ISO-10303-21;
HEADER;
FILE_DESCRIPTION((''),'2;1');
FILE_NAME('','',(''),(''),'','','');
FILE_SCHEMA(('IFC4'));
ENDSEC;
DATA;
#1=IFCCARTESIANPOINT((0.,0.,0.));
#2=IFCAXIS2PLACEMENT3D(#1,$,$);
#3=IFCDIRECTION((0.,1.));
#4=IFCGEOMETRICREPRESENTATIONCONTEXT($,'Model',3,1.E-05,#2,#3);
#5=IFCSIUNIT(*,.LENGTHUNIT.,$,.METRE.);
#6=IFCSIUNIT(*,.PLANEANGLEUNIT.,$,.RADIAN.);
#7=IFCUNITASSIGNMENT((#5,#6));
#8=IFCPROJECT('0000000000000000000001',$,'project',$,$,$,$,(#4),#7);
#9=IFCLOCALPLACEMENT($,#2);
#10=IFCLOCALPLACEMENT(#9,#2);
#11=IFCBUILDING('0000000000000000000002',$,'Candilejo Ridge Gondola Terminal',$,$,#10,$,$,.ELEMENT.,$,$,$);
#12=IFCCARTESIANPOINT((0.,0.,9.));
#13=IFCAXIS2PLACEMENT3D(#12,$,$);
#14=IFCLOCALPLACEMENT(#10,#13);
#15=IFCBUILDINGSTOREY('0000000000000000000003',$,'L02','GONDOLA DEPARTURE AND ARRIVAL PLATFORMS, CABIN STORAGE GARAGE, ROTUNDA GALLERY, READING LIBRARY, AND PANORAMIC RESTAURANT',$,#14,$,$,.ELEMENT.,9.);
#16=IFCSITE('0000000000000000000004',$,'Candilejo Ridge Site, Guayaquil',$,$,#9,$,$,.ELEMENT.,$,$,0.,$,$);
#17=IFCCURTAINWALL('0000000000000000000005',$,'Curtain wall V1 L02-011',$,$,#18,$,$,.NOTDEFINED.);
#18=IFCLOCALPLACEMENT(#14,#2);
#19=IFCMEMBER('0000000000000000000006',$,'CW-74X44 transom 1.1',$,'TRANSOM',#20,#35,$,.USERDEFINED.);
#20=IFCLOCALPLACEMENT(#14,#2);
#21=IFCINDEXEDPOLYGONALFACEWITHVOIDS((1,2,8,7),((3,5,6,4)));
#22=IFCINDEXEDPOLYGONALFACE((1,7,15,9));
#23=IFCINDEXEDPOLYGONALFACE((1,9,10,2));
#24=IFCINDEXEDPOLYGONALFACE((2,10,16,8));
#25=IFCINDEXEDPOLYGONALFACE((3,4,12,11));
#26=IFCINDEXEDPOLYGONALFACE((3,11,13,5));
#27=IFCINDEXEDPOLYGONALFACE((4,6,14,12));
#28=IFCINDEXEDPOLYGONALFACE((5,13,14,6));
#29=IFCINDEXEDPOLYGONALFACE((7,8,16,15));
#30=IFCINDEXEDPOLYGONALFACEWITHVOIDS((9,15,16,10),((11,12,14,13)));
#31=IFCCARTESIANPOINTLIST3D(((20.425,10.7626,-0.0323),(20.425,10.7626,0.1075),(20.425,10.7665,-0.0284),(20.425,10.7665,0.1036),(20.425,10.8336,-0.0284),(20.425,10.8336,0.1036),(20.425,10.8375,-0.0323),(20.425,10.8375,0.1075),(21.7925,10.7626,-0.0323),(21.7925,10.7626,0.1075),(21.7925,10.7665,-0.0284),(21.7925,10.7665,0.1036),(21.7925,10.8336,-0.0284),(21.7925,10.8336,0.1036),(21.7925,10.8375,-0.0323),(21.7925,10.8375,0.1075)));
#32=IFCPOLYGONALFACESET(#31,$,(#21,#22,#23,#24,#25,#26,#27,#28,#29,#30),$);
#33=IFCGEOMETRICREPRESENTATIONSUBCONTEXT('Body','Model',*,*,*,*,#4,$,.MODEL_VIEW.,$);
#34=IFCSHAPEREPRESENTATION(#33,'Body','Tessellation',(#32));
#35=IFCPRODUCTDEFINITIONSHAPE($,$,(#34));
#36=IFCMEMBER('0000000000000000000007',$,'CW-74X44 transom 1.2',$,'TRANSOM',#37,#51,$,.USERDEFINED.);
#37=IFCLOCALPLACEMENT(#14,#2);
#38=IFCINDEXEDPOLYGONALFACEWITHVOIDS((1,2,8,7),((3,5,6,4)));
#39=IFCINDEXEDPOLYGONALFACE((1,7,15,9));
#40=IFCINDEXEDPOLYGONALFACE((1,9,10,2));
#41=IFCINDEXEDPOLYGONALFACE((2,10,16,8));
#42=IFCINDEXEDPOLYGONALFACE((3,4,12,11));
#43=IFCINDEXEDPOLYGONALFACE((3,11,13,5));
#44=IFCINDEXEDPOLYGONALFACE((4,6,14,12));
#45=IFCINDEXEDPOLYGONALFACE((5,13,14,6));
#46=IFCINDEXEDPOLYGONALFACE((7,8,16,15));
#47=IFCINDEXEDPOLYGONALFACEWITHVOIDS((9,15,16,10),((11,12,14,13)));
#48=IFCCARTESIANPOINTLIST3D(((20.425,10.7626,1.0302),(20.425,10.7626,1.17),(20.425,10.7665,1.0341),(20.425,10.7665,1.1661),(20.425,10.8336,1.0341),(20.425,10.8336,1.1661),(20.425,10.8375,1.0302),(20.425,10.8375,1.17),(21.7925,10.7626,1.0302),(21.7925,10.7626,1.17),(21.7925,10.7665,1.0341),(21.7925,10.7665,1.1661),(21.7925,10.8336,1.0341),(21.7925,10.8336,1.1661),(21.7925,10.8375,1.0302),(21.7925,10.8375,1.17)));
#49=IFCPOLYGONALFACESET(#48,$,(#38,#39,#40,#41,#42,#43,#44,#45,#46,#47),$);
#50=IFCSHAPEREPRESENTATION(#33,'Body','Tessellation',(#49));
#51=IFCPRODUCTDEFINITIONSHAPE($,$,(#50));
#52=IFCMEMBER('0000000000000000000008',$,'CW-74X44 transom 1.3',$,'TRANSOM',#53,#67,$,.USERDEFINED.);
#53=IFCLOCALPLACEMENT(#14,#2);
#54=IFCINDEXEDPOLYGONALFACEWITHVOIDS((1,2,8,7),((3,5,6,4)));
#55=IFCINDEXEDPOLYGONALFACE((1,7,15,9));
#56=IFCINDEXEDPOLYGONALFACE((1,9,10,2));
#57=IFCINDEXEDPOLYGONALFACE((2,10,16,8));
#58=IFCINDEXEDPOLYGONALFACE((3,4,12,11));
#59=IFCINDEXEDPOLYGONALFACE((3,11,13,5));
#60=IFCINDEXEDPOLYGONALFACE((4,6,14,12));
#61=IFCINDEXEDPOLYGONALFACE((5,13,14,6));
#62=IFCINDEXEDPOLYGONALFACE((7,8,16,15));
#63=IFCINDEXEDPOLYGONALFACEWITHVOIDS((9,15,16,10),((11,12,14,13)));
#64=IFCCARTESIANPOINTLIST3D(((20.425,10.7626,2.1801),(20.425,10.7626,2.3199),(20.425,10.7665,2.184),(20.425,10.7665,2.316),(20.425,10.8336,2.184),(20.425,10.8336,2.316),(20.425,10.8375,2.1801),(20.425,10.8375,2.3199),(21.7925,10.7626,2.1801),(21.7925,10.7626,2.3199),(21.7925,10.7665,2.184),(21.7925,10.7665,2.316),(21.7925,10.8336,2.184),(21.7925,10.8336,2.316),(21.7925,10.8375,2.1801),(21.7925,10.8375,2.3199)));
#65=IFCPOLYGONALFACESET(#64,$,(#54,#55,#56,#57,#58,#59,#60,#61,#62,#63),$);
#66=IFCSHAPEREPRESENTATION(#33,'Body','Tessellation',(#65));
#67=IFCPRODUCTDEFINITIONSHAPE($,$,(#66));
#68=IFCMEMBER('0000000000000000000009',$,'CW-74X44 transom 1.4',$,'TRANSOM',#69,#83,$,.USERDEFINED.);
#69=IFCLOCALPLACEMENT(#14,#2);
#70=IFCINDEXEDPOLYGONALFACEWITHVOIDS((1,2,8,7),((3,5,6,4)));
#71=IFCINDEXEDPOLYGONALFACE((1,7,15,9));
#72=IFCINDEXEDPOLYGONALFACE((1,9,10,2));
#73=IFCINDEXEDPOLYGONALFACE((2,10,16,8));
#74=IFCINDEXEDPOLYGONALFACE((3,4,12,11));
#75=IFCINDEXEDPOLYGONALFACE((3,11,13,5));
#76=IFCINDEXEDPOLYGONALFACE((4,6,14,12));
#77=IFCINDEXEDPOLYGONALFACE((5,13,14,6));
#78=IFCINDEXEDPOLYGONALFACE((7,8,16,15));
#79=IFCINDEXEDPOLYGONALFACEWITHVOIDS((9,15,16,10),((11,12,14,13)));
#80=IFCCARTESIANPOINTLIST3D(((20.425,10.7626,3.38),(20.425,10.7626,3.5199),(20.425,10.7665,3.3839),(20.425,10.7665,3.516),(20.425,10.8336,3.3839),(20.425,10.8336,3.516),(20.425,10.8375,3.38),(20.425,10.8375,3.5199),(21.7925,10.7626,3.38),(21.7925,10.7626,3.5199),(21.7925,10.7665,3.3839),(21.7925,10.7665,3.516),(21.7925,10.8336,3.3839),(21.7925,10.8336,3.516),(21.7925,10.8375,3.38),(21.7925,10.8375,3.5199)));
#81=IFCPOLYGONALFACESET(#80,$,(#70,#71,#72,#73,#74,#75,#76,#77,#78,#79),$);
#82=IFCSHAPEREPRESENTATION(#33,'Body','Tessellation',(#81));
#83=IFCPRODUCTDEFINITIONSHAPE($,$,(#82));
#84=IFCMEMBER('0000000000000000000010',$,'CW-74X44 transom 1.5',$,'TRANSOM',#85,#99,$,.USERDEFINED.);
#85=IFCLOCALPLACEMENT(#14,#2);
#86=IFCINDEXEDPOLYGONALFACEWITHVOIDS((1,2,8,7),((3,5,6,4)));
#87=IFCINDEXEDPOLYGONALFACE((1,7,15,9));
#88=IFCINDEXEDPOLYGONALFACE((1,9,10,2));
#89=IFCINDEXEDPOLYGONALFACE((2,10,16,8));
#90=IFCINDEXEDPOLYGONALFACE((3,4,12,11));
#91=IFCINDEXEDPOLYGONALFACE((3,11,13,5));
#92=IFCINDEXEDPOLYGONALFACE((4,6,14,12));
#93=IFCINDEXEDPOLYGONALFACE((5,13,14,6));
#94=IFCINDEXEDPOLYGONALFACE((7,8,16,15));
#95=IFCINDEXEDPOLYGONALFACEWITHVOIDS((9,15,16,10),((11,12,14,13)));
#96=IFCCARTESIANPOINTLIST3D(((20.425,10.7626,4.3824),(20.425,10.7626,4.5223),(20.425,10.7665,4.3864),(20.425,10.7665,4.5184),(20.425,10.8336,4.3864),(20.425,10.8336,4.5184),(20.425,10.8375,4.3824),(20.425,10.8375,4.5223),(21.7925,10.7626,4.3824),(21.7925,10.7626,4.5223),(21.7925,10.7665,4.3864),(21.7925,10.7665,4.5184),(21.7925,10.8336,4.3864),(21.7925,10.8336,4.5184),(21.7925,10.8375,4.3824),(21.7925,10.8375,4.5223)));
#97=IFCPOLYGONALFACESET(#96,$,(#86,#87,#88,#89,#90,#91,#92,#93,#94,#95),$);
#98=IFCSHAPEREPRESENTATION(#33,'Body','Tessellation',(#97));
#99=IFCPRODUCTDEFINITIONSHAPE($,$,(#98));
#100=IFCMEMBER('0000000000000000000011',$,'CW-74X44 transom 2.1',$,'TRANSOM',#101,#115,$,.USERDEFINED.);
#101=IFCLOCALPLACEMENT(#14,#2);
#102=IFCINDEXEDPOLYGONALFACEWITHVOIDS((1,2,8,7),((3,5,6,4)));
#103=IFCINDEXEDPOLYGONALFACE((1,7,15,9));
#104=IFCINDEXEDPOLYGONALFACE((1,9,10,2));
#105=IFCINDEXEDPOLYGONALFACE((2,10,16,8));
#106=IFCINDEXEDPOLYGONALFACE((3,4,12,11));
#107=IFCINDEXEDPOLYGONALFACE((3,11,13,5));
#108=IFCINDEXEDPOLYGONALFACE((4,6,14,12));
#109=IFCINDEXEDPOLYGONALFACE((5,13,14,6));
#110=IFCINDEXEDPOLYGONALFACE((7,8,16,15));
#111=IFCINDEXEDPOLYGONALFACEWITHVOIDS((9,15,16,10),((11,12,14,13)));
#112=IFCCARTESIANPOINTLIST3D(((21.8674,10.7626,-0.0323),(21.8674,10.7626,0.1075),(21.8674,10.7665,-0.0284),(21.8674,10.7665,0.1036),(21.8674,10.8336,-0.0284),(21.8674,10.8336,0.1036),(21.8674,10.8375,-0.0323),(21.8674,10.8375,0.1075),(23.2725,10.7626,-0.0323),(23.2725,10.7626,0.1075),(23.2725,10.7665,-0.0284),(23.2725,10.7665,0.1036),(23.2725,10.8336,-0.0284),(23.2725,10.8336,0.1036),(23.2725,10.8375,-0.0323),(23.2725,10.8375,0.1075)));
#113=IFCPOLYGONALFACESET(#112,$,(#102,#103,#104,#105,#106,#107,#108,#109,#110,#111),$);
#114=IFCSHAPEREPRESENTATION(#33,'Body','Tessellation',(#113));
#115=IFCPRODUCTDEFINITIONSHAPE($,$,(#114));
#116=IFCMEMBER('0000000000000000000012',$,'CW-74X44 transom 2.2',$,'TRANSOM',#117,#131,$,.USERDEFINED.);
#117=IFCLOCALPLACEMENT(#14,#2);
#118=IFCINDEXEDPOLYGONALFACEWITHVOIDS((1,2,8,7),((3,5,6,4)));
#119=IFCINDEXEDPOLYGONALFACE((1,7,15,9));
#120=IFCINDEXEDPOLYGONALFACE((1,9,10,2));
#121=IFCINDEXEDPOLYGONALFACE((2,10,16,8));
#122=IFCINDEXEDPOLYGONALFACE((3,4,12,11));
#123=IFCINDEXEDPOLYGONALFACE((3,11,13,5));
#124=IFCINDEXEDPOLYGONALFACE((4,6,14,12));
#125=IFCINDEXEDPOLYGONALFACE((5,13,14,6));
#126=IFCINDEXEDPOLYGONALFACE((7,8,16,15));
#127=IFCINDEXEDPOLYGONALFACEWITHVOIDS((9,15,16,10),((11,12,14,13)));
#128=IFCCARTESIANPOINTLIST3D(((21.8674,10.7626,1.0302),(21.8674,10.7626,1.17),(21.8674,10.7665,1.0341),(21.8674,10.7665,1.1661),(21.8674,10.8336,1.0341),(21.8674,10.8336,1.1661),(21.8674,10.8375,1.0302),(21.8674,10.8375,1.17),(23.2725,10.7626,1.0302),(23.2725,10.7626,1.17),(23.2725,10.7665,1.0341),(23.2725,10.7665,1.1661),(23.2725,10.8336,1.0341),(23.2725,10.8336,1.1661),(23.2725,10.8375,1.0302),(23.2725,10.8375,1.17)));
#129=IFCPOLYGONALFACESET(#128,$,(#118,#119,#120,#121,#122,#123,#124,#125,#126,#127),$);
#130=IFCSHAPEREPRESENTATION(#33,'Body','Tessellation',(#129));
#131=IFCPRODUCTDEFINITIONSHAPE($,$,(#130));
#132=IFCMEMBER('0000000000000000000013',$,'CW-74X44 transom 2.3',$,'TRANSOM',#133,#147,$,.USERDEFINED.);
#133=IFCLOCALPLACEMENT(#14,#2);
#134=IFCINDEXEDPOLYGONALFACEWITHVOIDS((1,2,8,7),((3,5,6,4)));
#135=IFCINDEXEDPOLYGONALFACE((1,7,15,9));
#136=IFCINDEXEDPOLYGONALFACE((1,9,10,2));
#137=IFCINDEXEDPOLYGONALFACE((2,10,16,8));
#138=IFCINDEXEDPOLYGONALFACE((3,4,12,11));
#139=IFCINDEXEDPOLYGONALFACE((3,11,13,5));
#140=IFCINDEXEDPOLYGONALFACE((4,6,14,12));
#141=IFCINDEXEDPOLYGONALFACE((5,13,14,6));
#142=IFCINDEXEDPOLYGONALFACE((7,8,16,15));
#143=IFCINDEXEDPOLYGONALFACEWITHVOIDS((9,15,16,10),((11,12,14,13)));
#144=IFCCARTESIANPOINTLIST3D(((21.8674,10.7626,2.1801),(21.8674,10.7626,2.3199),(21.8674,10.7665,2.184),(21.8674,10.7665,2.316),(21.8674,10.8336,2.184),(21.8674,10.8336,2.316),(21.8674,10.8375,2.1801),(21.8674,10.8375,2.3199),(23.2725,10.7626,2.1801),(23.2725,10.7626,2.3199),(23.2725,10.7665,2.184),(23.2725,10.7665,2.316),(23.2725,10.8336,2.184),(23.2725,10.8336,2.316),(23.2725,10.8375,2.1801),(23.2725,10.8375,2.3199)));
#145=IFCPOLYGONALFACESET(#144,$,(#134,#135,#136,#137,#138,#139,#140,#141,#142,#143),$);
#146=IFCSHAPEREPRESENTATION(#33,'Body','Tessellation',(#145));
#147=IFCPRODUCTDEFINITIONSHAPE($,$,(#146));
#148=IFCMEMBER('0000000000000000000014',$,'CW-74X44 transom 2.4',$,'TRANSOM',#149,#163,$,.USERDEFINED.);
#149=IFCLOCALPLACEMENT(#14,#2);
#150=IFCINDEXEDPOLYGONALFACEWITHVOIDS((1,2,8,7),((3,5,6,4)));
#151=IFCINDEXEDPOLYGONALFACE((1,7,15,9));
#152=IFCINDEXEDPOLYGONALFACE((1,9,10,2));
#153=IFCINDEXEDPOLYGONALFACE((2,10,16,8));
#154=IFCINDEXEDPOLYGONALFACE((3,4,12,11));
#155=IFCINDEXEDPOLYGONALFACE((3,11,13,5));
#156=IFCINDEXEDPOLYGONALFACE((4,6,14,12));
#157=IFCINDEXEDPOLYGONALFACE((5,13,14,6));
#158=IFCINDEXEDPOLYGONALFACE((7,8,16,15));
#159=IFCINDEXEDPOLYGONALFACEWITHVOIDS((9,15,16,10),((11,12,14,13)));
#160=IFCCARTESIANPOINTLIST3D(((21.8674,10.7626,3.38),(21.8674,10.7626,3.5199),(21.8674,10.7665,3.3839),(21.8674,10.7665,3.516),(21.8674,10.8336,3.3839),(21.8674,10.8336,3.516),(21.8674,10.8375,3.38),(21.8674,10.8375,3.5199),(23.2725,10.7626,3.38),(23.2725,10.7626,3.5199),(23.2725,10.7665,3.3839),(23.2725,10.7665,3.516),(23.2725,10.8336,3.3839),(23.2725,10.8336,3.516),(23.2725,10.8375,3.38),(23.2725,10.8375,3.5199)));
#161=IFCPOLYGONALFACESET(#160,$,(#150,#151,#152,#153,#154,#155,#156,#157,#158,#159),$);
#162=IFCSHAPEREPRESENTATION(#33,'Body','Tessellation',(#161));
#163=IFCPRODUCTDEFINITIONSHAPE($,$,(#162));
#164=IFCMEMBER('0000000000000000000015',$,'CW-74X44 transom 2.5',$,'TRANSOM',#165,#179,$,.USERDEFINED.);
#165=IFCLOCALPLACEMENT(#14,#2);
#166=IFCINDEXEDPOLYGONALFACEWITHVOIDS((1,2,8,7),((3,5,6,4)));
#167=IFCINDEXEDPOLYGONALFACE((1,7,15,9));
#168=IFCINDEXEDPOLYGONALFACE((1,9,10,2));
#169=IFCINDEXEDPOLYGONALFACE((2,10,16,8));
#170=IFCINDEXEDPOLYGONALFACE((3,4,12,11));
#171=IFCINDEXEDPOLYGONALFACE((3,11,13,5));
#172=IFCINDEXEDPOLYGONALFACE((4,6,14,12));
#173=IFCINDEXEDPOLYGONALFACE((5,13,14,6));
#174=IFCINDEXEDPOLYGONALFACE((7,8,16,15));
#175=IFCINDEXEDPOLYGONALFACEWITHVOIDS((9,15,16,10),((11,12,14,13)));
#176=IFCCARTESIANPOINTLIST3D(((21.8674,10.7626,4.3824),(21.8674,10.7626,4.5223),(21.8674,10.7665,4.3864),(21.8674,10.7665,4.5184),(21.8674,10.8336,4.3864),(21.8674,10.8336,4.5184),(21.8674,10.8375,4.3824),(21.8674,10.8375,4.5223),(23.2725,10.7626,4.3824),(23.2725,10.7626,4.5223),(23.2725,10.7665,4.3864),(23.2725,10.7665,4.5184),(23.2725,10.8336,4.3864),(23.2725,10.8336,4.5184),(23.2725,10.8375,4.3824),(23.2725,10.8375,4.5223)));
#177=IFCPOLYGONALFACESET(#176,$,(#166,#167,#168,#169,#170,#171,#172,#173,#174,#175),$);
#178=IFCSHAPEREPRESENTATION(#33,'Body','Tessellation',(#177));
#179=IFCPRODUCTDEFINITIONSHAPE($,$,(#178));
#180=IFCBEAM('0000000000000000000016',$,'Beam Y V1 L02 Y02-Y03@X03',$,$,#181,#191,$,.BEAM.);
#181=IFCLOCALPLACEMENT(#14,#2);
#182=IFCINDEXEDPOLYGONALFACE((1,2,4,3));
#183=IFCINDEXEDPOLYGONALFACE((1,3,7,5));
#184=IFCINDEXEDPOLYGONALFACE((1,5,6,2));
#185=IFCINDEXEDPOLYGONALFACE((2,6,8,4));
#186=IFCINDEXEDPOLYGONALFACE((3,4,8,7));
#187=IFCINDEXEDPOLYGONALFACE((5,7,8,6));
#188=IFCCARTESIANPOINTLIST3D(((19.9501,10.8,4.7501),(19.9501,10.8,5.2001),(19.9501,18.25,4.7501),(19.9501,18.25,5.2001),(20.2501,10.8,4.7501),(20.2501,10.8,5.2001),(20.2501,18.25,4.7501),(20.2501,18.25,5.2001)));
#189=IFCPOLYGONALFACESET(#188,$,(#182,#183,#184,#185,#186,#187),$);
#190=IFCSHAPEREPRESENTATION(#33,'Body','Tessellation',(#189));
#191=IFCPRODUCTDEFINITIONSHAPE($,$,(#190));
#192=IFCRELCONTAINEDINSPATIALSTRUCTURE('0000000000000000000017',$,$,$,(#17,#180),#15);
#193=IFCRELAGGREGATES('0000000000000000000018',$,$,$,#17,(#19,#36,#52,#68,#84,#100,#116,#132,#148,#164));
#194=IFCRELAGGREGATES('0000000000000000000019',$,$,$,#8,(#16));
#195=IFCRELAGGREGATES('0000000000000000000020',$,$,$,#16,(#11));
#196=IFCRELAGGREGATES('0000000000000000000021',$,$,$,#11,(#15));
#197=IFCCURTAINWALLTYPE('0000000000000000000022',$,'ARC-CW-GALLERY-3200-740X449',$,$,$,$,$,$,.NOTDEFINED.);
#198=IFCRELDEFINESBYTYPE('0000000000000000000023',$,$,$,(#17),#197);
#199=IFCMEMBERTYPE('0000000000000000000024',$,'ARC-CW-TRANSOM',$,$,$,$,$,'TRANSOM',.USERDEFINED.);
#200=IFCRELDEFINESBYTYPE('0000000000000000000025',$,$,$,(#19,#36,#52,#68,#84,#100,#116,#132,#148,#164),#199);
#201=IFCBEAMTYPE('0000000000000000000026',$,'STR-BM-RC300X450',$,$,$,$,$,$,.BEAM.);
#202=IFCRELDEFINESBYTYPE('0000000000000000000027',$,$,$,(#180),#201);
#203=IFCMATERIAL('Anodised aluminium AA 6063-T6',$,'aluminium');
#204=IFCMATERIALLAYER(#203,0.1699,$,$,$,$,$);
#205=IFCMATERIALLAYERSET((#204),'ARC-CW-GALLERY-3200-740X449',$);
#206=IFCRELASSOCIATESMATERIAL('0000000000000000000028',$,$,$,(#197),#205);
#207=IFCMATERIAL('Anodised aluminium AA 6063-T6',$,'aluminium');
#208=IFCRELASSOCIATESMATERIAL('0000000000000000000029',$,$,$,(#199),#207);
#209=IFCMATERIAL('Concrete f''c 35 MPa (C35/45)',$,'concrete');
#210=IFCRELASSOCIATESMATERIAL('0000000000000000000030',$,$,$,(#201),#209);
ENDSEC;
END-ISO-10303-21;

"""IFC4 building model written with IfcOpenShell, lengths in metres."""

from ifc_helpers import new_model, si_unit, direction, frame, origin, origin_2d, place, context, subcontext, project, spatial, rectangle, hollow_rectangle, extrude, material, layer, layer_set, material_profile, profile_set, type_object, element, aggregate, save


model = new_model("IFC4")

# Units and contexts
model_context = context("Model", 3, precision=1e-05, world=origin(), true_north=direction((0.0, 1.0)))
body_context = subcontext(model_context, "Body", "Model", "MODEL_VIEW")
ifc_project = project(units=[si_unit("LENGTHUNIT", "METRE"), si_unit("PLANEANGLEUNIT", "RADIAN")], contexts=[model_context])

# Site, building, storey
site_placement = place(None, origin())
site = spatial("IfcSite", under=ifc_project, at=site_placement, Name="Candilejo Ridge Site, Guayaquil", CompositionType="ELEMENT", RefElevation=0.0)
building_placement = place(site_placement, origin())
building = spatial("IfcBuilding", under=site, at=building_placement, Name="Candilejo Ridge Gondola Terminal", CompositionType="ELEMENT")
storey_placement = place(building_placement, frame((0.0, 0.0, 9.0)))
storey = spatial("IfcBuildingStorey", under=building, at=storey_placement, Name="L02", Description="GONDOLA DEPARTURE AND ARRIVAL PLATFORMS, CABIN STORAGE GARAGE, ROTUNDA GALLERY, READING LIBRARY, AND PANORAMIC RESTAURANT", CompositionType="ELEMENT", Elevation=9.0)

# Curtain wall
ifc_material_1 = material(Name="Anodised aluminium AA 6063-T6", Category="aluminium")
ifc_layer_1 = layer(ifc_material_1, 0.1699)
ifc_layer_set_1 = layer_set([ifc_layer_1], Name="ARC-CW-GALLERY-3200-740X449")
curtain_wall_type = type_object("IfcCurtainWallType", Name="ARC-CW-GALLERY-3200-740X449", PredefinedType="NOTDEFINED", material=ifc_layer_set_1)
curtain_wall_1_placement = place(storey_placement, origin())
curtain_wall_1 = element("IfcCurtainWall", 1, at=curtain_wall_1_placement, inside=storey, type_object=curtain_wall_type, Name="Curtain wall V1 L02-011", PredefinedType="NOTDEFINED")

# Members
ifc_material_2 = material(Name="Anodised aluminium AA 6063-T6", Category="aluminium")
ifc_material_profile_1 = material_profile(ifc_material_2, hollow_rectangle(XDim=0.075, YDim=0.1399, WallThickness=0.0039, at=origin_2d()))
ifc_profile_set_1 = profile_set([ifc_material_profile_1], Name="Anodised aluminium AA 6063-T6")
member_type_1 = type_object("IfcMemberType", Name="ARC-CW-TRANSOM", ElementType="TRANSOM", PredefinedType="USERDEFINED", material=ifc_profile_set_1)
member_1_placement = place(storey_placement, frame((20.425, 10.8, 0.0376), z_axis=(1.0, 0.0, 0.0), x_axis=(0.0, 1.0, 0.0)))
member_1 = element("IfcMember", 2, at=member_1_placement, type_object=member_type_1, Name="CW-74X44 transom 1.1", ObjectType="TRANSOM", PredefinedType="USERDEFINED", context=body_context, shape_type="SweptSolid", body=[
    extrude(hollow_rectangle(XDim=0.075, YDim=0.1399, WallThickness=0.0039, at=origin_2d()), origin(), (0.0, 0.0, 1.0), 1.3674),
])
member_2_placement = place(storey_placement, frame((20.425, 10.8, 1.1001), z_axis=(1.0, 0.0, 0.0), x_axis=(0.0, 1.0, 0.0)))
member_2 = element("IfcMember", 3, at=member_2_placement, type_object=member_type_1, Name="CW-74X44 transom 1.2", ObjectType="TRANSOM", PredefinedType="USERDEFINED", context=body_context, shape_type="SweptSolid", body=[
    extrude(hollow_rectangle(XDim=0.075, YDim=0.1399, WallThickness=0.0039, at=origin_2d()), origin(), (0.0, 0.0, 1.0), 1.3674),
])
member_3_placement = place(storey_placement, frame((20.425, 10.8, 2.25), z_axis=(1.0, 0.0, 0.0), x_axis=(0.0, 1.0, 0.0)))
member_3 = element("IfcMember", 4, at=member_3_placement, type_object=member_type_1, Name="CW-74X44 transom 1.3", ObjectType="TRANSOM", PredefinedType="USERDEFINED", context=body_context, shape_type="SweptSolid", body=[
    extrude(hollow_rectangle(XDim=0.075, YDim=0.1399, WallThickness=0.0039, at=origin_2d()), origin(), (0.0, 0.0, 1.0), 1.3674),
])
member_4_placement = place(storey_placement, frame((20.425, 10.8, 3.45), z_axis=(1.0, 0.0, 0.0), x_axis=(0.0, 1.0, 0.0)))
member_4 = element("IfcMember", 5, at=member_4_placement, type_object=member_type_1, Name="CW-74X44 transom 1.4", ObjectType="TRANSOM", PredefinedType="USERDEFINED", context=body_context, shape_type="SweptSolid", body=[
    extrude(hollow_rectangle(XDim=0.075, YDim=0.1399, WallThickness=0.0039, at=origin_2d()), origin(), (0.0, 0.0, 1.0), 1.3674),
])
member_5_placement = place(storey_placement, frame((20.425, 10.8, 4.4524), z_axis=(1.0, 0.0, 0.0), x_axis=(0.0, 1.0, 0.0)))
member_5 = element("IfcMember", 6, at=member_5_placement, type_object=member_type_1, Name="CW-74X44 transom 1.5", ObjectType="TRANSOM", PredefinedType="USERDEFINED", context=body_context, shape_type="SweptSolid", body=[
    extrude(hollow_rectangle(XDim=0.075, YDim=0.1399, WallThickness=0.0039, at=origin_2d()), origin(), (0.0, 0.0, 1.0), 1.3674),
])
member_6_placement = place(storey_placement, frame((21.8674, 10.8, 0.0376), z_axis=(1.0, 0.0, 0.0), x_axis=(0.0, 1.0, 0.0)))
member_6 = element("IfcMember", 7, at=member_6_placement, type_object=member_type_1, Name="CW-74X44 transom 2.1", ObjectType="TRANSOM", PredefinedType="USERDEFINED", context=body_context, shape_type="SweptSolid", body=[
    extrude(hollow_rectangle(XDim=0.075, YDim=0.1399, WallThickness=0.0039, at=origin_2d()), origin(), (0.0, 0.0, 1.0), 1.405),
])
member_7_placement = place(storey_placement, frame((21.8674, 10.8, 1.1001), z_axis=(1.0, 0.0, 0.0), x_axis=(0.0, 1.0, 0.0)))
member_7 = element("IfcMember", 8, at=member_7_placement, type_object=member_type_1, Name="CW-74X44 transom 2.2", ObjectType="TRANSOM", PredefinedType="USERDEFINED", context=body_context, shape_type="SweptSolid", body=[
    extrude(hollow_rectangle(XDim=0.075, YDim=0.1399, WallThickness=0.0039, at=origin_2d()), origin(), (0.0, 0.0, 1.0), 1.405),
])
member_8_placement = place(storey_placement, frame((21.8674, 10.8, 2.25), z_axis=(1.0, 0.0, 0.0), x_axis=(0.0, 1.0, 0.0)))
member_8 = element("IfcMember", 9, at=member_8_placement, type_object=member_type_1, Name="CW-74X44 transom 2.3", ObjectType="TRANSOM", PredefinedType="USERDEFINED", context=body_context, shape_type="SweptSolid", body=[
    extrude(hollow_rectangle(XDim=0.075, YDim=0.1399, WallThickness=0.0039, at=origin_2d()), origin(), (0.0, 0.0, 1.0), 1.405),
])
member_9_placement = place(storey_placement, frame((21.8674, 10.8, 3.45), z_axis=(1.0, 0.0, 0.0), x_axis=(0.0, 1.0, 0.0)))
member_9 = element("IfcMember", 10, at=member_9_placement, type_object=member_type_1, Name="CW-74X44 transom 2.4", ObjectType="TRANSOM", PredefinedType="USERDEFINED", context=body_context, shape_type="SweptSolid", body=[
    extrude(hollow_rectangle(XDim=0.075, YDim=0.1399, WallThickness=0.0039, at=origin_2d()), origin(), (0.0, 0.0, 1.0), 1.405),
])
member_10_placement = place(storey_placement, frame((21.8674, 10.8, 4.4524), z_axis=(1.0, 0.0, 0.0), x_axis=(0.0, 1.0, 0.0)))
member_10 = element("IfcMember", 11, at=member_10_placement, type_object=member_type_1, Name="CW-74X44 transom 2.5", ObjectType="TRANSOM", PredefinedType="USERDEFINED", context=body_context, shape_type="SweptSolid", body=[
    extrude(hollow_rectangle(XDim=0.075, YDim=0.1399, WallThickness=0.0039, at=origin_2d()), origin(), (0.0, 0.0, 1.0), 1.405),
])

# Beam
ifc_material_3 = material(Name="Concrete f'c 35 MPa (C35/45)", Category="concrete")
ifc_material_profile_2 = material_profile(ifc_material_3, rectangle(XDim=0.3, YDim=0.45, at=origin_2d()))
ifc_profile_set_2 = profile_set([ifc_material_profile_2], Name="Concrete f'c 35 MPa (C35/45)")
beam_type_1 = type_object("IfcBeamType", Name="STR-BM-RC300X450", PredefinedType="BEAM", material=ifc_profile_set_2)
for number, where, z_axis, x_axis, name in (
    (12, (20.1001, 10.8, 4.9751), (0.0, 1.0, 0.0), (-1.0, 0.0, 0.0), "Beam Y V1 L02 Y02-Y03@X03"),
):
    element("IfcBeam", number, at=place(storey_placement, frame(where, z_axis=z_axis, x_axis=x_axis)), inside=storey, type_object=beam_type_1, Name=name, PredefinedType="BEAM", context=body_context, shape_type="SweptSolid", body=[
        extrude(rectangle(XDim=0.3, YDim=0.45, at=origin_2d()), origin(), (0.0, 0.0, 1.0), 7.45),
    ])

aggregate(curtain_wall_1, [member_1, member_2, member_3, member_4, member_5, member_6, member_7, member_8, member_9, member_10])

save(model, "model.ifc")
